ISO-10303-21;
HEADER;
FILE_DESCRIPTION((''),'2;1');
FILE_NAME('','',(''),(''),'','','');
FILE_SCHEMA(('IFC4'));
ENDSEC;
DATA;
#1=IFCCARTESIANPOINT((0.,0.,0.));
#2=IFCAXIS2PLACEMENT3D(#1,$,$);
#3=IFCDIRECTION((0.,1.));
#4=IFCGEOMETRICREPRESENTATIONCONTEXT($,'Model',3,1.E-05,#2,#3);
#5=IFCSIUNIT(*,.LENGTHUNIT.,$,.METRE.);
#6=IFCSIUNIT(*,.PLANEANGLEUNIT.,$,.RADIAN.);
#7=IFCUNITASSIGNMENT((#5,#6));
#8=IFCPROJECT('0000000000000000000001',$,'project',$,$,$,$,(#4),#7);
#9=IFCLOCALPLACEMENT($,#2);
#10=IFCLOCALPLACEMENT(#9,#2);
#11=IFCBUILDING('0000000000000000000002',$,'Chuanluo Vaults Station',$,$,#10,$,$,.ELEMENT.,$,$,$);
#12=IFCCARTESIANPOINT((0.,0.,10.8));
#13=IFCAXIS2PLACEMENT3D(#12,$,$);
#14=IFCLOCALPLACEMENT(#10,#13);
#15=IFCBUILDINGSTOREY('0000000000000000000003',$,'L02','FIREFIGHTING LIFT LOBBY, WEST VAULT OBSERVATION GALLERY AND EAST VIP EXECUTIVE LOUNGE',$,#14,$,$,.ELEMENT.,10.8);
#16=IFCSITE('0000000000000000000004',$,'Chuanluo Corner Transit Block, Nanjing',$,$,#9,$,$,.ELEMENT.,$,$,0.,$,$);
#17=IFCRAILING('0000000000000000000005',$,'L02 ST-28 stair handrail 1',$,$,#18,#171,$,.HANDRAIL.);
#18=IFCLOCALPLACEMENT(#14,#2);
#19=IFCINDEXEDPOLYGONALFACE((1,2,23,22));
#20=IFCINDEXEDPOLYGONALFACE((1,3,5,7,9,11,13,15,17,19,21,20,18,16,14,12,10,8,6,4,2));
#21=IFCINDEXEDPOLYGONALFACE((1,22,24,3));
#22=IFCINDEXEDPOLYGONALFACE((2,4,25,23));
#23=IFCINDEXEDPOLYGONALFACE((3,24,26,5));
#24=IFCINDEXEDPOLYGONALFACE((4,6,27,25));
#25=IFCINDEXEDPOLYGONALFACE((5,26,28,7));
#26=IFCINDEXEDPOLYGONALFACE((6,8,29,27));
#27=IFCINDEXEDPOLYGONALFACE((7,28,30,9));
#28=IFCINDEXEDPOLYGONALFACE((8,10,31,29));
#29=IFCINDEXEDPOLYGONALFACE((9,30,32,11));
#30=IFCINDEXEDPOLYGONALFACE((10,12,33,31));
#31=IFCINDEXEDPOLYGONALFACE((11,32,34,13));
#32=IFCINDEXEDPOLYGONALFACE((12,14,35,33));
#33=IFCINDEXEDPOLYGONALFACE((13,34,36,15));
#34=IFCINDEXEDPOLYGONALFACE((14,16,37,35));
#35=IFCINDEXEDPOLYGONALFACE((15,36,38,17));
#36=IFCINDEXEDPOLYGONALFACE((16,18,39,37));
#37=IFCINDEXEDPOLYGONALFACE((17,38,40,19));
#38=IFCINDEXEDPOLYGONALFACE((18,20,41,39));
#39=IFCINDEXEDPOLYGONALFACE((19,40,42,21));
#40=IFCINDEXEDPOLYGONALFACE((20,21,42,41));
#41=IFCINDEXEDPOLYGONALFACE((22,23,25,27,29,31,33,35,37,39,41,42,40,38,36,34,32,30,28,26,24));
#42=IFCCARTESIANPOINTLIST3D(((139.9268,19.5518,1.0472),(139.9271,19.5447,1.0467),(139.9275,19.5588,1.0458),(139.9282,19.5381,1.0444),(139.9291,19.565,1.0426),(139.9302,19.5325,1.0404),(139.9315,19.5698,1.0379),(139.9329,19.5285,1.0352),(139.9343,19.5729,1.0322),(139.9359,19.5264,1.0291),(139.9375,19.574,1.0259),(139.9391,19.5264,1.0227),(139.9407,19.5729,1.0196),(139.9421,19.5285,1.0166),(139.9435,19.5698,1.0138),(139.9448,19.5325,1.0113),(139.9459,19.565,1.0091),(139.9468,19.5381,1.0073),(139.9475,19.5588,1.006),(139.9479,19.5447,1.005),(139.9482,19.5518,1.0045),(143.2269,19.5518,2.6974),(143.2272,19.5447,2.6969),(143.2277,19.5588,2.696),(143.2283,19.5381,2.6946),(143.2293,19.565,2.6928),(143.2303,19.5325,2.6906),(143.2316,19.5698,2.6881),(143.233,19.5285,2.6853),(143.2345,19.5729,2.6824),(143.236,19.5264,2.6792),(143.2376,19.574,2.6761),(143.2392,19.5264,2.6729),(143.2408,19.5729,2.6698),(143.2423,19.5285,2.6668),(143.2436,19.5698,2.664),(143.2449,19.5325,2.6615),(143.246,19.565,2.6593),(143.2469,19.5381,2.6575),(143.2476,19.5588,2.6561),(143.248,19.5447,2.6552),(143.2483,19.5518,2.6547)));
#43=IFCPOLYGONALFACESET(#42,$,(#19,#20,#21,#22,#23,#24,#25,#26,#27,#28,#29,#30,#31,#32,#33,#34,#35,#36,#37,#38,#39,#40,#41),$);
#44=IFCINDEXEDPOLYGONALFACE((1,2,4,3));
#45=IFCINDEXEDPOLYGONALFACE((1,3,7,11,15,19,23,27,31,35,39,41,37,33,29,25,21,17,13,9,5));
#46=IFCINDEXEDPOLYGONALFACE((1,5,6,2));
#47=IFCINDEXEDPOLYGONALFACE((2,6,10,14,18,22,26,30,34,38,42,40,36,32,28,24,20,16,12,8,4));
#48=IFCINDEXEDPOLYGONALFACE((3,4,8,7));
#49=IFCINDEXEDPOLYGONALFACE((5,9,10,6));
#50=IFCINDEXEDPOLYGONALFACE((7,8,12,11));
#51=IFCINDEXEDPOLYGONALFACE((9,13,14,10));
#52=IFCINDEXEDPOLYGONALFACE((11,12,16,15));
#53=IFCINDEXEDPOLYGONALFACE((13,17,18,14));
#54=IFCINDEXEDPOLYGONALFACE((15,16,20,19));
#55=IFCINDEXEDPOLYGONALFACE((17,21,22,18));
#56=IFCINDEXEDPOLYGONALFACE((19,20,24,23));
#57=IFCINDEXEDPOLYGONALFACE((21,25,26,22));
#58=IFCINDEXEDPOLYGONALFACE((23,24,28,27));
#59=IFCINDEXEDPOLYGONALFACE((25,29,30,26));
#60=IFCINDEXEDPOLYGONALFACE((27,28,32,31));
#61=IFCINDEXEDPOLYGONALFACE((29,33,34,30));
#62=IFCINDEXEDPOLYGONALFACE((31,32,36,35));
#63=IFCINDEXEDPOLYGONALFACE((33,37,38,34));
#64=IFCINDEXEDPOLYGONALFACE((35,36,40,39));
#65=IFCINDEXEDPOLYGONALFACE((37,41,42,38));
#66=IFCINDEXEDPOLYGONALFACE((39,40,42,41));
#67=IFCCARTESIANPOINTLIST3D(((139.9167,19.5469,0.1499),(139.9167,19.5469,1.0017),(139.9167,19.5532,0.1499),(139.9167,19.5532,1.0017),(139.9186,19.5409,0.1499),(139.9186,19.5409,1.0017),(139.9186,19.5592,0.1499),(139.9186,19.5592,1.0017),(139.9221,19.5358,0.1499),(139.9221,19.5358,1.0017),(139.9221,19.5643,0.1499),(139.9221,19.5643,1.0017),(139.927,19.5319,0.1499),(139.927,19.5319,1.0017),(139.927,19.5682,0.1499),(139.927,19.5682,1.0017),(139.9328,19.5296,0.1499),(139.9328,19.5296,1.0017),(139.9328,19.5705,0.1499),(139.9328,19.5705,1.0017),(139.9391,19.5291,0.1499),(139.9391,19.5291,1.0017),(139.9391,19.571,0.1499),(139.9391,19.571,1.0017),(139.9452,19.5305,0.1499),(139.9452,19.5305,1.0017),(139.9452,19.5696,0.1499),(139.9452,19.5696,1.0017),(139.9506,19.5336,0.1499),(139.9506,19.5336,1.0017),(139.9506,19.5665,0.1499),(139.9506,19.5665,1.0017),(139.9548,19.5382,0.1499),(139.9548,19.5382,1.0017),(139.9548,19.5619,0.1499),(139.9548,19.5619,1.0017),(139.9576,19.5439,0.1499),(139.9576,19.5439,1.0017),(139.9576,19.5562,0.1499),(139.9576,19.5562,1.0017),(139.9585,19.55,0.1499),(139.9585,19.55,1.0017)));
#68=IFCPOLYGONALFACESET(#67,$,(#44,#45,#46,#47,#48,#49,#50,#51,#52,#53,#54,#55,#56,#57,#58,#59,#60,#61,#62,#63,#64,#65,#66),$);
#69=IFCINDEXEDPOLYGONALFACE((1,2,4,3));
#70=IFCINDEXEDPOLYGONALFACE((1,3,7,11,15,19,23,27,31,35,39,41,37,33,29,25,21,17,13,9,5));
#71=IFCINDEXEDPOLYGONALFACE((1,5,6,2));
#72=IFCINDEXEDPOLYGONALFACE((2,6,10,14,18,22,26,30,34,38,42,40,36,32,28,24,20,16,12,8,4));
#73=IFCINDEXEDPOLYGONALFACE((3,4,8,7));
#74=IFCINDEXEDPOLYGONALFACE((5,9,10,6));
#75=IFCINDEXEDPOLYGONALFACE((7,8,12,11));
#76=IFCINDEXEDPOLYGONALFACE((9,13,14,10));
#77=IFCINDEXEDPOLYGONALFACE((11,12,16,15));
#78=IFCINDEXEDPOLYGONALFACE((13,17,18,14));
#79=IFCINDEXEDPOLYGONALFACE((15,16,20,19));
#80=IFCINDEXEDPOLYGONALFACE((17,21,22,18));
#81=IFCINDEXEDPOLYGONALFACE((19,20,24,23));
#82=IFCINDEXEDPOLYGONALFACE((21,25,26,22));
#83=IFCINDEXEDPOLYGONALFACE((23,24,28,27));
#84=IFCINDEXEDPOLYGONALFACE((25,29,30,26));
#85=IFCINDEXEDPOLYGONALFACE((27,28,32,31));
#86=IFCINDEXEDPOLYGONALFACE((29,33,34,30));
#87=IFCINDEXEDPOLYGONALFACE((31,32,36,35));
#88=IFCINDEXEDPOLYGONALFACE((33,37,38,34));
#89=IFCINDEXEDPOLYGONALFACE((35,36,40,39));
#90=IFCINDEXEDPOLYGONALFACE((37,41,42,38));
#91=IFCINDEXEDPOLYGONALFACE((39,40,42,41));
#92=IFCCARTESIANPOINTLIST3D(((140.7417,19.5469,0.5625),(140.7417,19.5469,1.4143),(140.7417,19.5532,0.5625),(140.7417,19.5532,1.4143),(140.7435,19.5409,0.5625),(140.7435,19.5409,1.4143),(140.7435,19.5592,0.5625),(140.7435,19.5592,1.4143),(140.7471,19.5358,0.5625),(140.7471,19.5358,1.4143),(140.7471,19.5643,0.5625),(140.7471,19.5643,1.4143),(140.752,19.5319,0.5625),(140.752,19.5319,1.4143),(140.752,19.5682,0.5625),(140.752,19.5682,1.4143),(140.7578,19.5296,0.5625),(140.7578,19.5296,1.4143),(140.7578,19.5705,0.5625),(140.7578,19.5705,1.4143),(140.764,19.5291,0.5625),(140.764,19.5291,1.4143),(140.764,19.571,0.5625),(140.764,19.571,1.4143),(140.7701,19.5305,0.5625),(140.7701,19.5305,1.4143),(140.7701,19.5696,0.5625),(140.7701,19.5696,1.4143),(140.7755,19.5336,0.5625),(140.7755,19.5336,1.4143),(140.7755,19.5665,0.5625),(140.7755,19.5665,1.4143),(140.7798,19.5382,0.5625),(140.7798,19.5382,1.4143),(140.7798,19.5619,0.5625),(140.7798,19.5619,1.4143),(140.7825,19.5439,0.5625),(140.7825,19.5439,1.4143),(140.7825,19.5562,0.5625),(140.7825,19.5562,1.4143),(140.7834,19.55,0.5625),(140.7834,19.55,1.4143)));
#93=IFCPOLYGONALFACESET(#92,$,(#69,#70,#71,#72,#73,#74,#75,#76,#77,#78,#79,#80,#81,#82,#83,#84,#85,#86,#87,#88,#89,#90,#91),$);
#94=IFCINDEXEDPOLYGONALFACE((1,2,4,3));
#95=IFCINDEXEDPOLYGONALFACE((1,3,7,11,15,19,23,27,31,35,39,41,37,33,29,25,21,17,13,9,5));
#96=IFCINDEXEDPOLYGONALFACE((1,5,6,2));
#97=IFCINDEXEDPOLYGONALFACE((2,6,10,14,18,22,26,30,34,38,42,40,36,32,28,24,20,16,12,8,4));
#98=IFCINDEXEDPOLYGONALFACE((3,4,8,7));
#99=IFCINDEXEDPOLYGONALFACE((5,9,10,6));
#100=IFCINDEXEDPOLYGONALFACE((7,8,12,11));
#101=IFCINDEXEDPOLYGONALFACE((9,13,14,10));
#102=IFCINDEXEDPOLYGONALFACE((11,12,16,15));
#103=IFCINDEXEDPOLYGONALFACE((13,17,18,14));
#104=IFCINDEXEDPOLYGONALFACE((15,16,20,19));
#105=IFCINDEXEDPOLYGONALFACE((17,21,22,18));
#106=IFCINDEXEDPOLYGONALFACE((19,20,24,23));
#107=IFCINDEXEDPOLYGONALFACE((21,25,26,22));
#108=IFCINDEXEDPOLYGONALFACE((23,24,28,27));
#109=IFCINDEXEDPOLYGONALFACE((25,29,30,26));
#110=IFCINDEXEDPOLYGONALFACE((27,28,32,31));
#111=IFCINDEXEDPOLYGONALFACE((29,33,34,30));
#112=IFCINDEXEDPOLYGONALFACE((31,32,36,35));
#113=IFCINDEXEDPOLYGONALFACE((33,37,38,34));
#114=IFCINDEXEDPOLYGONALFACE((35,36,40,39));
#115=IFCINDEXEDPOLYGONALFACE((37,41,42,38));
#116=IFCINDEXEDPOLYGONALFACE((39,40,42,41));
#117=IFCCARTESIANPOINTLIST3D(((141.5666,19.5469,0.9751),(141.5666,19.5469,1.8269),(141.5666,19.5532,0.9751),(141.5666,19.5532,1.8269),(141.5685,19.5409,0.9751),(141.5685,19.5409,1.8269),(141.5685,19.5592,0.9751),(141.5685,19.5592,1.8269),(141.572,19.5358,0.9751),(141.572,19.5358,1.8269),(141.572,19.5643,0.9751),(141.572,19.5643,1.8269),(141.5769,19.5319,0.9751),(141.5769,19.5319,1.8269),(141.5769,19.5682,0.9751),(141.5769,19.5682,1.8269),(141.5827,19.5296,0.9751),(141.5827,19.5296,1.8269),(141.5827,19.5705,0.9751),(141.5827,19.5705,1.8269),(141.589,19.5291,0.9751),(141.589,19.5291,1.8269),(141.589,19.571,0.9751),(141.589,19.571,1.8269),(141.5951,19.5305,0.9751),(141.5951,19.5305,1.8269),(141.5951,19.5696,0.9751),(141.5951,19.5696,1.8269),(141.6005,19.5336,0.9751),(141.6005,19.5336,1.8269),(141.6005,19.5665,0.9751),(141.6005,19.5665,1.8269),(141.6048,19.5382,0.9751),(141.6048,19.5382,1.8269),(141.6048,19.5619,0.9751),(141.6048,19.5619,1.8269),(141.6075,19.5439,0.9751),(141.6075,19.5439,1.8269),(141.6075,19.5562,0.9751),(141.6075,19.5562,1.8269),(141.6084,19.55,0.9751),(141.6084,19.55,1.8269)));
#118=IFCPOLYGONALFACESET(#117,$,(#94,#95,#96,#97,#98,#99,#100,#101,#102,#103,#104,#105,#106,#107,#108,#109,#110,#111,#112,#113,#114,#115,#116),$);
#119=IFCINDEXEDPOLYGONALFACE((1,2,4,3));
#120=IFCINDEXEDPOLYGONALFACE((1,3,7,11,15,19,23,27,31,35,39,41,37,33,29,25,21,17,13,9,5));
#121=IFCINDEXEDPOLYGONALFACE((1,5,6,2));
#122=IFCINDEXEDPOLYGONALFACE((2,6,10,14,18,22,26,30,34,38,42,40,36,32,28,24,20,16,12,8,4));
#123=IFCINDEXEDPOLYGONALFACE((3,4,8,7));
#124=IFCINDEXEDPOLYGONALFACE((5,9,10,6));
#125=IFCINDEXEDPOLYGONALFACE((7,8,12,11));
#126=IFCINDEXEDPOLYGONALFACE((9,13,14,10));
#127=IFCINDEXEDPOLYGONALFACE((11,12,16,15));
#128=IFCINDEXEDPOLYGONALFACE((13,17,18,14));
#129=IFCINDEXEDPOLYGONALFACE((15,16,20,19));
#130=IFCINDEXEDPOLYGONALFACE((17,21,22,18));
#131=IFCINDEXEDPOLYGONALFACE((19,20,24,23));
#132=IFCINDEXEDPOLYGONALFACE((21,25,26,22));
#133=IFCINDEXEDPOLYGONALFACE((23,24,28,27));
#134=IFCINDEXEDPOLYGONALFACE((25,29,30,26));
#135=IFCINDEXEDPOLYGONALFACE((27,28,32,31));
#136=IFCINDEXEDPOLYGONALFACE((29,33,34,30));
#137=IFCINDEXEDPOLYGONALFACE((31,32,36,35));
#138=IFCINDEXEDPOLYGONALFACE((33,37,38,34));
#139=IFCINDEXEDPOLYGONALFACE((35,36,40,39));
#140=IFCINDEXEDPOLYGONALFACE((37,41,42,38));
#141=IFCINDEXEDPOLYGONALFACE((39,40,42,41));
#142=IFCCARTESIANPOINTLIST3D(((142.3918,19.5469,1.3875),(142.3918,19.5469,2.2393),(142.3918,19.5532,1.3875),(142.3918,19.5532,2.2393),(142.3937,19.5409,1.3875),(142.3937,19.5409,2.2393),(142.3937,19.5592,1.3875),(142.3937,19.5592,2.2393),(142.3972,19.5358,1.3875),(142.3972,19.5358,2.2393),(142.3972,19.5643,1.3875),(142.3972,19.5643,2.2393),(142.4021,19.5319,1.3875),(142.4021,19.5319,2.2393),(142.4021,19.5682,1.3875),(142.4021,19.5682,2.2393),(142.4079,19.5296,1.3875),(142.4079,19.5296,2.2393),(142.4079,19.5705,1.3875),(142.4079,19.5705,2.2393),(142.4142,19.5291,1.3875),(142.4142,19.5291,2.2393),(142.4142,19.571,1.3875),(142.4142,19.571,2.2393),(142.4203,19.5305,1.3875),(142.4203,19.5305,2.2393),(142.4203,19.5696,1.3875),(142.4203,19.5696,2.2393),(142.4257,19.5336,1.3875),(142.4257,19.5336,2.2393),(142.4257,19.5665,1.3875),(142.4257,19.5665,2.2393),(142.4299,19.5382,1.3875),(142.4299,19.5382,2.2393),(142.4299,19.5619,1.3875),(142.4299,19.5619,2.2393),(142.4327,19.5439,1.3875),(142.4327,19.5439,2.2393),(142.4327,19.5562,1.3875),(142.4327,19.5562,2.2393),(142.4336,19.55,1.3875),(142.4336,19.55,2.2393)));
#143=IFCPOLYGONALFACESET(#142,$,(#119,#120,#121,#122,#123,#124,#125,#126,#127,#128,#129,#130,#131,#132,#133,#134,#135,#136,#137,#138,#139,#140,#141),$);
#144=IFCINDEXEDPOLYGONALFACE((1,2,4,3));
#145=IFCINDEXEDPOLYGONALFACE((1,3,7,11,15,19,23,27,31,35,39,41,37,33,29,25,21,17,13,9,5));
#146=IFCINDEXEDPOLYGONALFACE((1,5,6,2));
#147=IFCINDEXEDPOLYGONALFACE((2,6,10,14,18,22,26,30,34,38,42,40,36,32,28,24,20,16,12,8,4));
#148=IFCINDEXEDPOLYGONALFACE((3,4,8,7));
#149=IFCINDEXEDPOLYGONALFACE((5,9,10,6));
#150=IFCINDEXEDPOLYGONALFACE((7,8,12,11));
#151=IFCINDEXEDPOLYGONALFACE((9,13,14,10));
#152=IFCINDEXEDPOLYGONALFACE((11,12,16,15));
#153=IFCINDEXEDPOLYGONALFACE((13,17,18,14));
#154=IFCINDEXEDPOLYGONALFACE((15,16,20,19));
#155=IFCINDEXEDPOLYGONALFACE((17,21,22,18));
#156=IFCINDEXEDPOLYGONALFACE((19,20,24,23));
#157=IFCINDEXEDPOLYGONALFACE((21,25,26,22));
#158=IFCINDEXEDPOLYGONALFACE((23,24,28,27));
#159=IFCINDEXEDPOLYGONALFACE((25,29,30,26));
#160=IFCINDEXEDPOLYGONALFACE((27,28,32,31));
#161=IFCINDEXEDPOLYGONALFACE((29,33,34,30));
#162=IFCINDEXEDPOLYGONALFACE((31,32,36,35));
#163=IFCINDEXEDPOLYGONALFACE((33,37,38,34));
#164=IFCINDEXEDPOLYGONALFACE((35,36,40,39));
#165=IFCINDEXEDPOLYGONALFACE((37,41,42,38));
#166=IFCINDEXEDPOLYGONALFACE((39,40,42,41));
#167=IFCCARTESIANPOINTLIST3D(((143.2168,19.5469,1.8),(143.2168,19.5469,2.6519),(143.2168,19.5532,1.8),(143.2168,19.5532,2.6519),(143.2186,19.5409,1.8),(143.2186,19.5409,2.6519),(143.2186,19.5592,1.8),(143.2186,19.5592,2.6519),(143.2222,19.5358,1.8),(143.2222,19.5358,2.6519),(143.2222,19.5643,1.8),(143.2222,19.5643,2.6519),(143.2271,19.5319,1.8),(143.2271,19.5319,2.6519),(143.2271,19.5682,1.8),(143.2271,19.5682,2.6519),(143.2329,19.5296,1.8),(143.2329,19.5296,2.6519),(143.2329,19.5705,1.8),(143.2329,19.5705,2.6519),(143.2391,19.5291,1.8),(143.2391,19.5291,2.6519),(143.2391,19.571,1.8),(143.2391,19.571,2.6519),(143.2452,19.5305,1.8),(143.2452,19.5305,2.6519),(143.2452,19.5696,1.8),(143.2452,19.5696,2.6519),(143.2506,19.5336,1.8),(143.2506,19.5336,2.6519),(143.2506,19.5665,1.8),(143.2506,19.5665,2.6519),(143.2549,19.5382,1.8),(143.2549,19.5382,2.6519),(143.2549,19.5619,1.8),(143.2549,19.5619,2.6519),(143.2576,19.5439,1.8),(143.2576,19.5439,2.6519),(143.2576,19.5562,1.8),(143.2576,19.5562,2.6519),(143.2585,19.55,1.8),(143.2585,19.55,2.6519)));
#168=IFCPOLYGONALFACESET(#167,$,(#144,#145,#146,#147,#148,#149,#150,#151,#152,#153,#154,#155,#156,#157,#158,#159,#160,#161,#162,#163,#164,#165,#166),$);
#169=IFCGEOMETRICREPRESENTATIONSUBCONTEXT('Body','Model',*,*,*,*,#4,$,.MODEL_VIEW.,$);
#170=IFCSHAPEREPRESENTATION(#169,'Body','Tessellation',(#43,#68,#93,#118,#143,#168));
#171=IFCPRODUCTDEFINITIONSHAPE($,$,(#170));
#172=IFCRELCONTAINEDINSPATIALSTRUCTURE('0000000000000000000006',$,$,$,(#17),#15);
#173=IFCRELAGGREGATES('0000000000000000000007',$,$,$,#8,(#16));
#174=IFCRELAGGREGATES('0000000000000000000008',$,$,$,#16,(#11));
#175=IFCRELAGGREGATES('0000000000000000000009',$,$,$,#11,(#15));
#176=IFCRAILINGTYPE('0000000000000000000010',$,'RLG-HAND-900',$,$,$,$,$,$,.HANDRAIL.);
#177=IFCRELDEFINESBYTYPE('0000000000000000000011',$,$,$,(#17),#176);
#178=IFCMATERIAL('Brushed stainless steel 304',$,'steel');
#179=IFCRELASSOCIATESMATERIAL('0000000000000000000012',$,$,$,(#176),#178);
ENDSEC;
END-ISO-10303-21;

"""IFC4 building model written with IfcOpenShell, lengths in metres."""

from ifc_helpers import new_model, si_unit, direction, frame, origin, origin_2d, place, context, subcontext, project, spatial, circle, extrude, material, type_object, element, save


model = new_model("IFC4")

# Units and contexts
model_context = context("Model", 3, precision=1e-05, world=origin(), true_north=direction((0.0, 1.0)))
body_context = subcontext(model_context, "Body", "Model", "MODEL_VIEW")
ifc_project = project(units=[si_unit("LENGTHUNIT", "METRE"), si_unit("PLANEANGLEUNIT", "RADIAN")], contexts=[model_context])

# Site, building, storey
site_placement = place(None, origin())
site = spatial("IfcSite", under=ifc_project, at=site_placement, Name="Chuanluo Corner Transit Block, Nanjing", CompositionType="ELEMENT", RefElevation=0.0)
building_placement = place(site_placement, origin())
building = spatial("IfcBuilding", under=site, at=building_placement, Name="Chuanluo Vaults Station", CompositionType="ELEMENT")
storey_placement = place(building_placement, frame((0.0, 0.0, 10.8)))
storey = spatial("IfcBuildingStorey", under=building, at=storey_placement, Name="L02", Description="FIREFIGHTING LIFT LOBBY, WEST VAULT OBSERVATION GALLERY AND EAST VIP EXECUTIVE LOUNGE", CompositionType="ELEMENT", Elevation=10.8)

# Railing
ifc_material_1 = material(Name="Brushed stainless steel 304", Category="steel")
railing_type_1 = type_object("IfcRailingType", Name="RLG-HAND-900", PredefinedType="HANDRAIL", material=ifc_material_1)
railing_1_placement = place(storey_placement, frame((139.9375, 19.55, 0.1499)))
element("IfcRailing", 1, at=railing_1_placement, inside=storey, type_object=railing_type_1, Name="L02 ST-28 stair handrail 1", PredefinedType="HANDRAIL", context=body_context, shape_type="SweptSolid", body=[
    extrude(circle(Radius=0.0239, at=origin_2d()), frame((0.0, 0.0, 0.876), z_axis=(0.894414, 0.0, 0.44724), x_axis=(0.0, 1.0, 0.0)), (0.0, 0.0, 1.0), 3.6897),
    extrude(circle(Radius=0.021, at=origin_2d()), origin(), (0.0, 0.0, 1.0), 0.8518),
    extrude(circle(Radius=0.021, at=origin_2d()), frame((0.825, 0.0, 0.4126)), (0.0, 0.0, 1.0), 0.8518),
    extrude(circle(Radius=0.021, at=origin_2d()), frame((1.6499, 0.0, 0.8252)), (0.0, 0.0, 1.0), 0.8518),
    extrude(circle(Radius=0.021, at=origin_2d()), frame((2.4751, 0.0, 1.2375)), (0.0, 0.0, 1.0), 0.8518),
    extrude(circle(Radius=0.021, at=origin_2d()), frame((3.3, 0.0, 1.6501)), (0.0, 0.0, 1.0), 0.8518),
])

save(model, "model.ifc")
